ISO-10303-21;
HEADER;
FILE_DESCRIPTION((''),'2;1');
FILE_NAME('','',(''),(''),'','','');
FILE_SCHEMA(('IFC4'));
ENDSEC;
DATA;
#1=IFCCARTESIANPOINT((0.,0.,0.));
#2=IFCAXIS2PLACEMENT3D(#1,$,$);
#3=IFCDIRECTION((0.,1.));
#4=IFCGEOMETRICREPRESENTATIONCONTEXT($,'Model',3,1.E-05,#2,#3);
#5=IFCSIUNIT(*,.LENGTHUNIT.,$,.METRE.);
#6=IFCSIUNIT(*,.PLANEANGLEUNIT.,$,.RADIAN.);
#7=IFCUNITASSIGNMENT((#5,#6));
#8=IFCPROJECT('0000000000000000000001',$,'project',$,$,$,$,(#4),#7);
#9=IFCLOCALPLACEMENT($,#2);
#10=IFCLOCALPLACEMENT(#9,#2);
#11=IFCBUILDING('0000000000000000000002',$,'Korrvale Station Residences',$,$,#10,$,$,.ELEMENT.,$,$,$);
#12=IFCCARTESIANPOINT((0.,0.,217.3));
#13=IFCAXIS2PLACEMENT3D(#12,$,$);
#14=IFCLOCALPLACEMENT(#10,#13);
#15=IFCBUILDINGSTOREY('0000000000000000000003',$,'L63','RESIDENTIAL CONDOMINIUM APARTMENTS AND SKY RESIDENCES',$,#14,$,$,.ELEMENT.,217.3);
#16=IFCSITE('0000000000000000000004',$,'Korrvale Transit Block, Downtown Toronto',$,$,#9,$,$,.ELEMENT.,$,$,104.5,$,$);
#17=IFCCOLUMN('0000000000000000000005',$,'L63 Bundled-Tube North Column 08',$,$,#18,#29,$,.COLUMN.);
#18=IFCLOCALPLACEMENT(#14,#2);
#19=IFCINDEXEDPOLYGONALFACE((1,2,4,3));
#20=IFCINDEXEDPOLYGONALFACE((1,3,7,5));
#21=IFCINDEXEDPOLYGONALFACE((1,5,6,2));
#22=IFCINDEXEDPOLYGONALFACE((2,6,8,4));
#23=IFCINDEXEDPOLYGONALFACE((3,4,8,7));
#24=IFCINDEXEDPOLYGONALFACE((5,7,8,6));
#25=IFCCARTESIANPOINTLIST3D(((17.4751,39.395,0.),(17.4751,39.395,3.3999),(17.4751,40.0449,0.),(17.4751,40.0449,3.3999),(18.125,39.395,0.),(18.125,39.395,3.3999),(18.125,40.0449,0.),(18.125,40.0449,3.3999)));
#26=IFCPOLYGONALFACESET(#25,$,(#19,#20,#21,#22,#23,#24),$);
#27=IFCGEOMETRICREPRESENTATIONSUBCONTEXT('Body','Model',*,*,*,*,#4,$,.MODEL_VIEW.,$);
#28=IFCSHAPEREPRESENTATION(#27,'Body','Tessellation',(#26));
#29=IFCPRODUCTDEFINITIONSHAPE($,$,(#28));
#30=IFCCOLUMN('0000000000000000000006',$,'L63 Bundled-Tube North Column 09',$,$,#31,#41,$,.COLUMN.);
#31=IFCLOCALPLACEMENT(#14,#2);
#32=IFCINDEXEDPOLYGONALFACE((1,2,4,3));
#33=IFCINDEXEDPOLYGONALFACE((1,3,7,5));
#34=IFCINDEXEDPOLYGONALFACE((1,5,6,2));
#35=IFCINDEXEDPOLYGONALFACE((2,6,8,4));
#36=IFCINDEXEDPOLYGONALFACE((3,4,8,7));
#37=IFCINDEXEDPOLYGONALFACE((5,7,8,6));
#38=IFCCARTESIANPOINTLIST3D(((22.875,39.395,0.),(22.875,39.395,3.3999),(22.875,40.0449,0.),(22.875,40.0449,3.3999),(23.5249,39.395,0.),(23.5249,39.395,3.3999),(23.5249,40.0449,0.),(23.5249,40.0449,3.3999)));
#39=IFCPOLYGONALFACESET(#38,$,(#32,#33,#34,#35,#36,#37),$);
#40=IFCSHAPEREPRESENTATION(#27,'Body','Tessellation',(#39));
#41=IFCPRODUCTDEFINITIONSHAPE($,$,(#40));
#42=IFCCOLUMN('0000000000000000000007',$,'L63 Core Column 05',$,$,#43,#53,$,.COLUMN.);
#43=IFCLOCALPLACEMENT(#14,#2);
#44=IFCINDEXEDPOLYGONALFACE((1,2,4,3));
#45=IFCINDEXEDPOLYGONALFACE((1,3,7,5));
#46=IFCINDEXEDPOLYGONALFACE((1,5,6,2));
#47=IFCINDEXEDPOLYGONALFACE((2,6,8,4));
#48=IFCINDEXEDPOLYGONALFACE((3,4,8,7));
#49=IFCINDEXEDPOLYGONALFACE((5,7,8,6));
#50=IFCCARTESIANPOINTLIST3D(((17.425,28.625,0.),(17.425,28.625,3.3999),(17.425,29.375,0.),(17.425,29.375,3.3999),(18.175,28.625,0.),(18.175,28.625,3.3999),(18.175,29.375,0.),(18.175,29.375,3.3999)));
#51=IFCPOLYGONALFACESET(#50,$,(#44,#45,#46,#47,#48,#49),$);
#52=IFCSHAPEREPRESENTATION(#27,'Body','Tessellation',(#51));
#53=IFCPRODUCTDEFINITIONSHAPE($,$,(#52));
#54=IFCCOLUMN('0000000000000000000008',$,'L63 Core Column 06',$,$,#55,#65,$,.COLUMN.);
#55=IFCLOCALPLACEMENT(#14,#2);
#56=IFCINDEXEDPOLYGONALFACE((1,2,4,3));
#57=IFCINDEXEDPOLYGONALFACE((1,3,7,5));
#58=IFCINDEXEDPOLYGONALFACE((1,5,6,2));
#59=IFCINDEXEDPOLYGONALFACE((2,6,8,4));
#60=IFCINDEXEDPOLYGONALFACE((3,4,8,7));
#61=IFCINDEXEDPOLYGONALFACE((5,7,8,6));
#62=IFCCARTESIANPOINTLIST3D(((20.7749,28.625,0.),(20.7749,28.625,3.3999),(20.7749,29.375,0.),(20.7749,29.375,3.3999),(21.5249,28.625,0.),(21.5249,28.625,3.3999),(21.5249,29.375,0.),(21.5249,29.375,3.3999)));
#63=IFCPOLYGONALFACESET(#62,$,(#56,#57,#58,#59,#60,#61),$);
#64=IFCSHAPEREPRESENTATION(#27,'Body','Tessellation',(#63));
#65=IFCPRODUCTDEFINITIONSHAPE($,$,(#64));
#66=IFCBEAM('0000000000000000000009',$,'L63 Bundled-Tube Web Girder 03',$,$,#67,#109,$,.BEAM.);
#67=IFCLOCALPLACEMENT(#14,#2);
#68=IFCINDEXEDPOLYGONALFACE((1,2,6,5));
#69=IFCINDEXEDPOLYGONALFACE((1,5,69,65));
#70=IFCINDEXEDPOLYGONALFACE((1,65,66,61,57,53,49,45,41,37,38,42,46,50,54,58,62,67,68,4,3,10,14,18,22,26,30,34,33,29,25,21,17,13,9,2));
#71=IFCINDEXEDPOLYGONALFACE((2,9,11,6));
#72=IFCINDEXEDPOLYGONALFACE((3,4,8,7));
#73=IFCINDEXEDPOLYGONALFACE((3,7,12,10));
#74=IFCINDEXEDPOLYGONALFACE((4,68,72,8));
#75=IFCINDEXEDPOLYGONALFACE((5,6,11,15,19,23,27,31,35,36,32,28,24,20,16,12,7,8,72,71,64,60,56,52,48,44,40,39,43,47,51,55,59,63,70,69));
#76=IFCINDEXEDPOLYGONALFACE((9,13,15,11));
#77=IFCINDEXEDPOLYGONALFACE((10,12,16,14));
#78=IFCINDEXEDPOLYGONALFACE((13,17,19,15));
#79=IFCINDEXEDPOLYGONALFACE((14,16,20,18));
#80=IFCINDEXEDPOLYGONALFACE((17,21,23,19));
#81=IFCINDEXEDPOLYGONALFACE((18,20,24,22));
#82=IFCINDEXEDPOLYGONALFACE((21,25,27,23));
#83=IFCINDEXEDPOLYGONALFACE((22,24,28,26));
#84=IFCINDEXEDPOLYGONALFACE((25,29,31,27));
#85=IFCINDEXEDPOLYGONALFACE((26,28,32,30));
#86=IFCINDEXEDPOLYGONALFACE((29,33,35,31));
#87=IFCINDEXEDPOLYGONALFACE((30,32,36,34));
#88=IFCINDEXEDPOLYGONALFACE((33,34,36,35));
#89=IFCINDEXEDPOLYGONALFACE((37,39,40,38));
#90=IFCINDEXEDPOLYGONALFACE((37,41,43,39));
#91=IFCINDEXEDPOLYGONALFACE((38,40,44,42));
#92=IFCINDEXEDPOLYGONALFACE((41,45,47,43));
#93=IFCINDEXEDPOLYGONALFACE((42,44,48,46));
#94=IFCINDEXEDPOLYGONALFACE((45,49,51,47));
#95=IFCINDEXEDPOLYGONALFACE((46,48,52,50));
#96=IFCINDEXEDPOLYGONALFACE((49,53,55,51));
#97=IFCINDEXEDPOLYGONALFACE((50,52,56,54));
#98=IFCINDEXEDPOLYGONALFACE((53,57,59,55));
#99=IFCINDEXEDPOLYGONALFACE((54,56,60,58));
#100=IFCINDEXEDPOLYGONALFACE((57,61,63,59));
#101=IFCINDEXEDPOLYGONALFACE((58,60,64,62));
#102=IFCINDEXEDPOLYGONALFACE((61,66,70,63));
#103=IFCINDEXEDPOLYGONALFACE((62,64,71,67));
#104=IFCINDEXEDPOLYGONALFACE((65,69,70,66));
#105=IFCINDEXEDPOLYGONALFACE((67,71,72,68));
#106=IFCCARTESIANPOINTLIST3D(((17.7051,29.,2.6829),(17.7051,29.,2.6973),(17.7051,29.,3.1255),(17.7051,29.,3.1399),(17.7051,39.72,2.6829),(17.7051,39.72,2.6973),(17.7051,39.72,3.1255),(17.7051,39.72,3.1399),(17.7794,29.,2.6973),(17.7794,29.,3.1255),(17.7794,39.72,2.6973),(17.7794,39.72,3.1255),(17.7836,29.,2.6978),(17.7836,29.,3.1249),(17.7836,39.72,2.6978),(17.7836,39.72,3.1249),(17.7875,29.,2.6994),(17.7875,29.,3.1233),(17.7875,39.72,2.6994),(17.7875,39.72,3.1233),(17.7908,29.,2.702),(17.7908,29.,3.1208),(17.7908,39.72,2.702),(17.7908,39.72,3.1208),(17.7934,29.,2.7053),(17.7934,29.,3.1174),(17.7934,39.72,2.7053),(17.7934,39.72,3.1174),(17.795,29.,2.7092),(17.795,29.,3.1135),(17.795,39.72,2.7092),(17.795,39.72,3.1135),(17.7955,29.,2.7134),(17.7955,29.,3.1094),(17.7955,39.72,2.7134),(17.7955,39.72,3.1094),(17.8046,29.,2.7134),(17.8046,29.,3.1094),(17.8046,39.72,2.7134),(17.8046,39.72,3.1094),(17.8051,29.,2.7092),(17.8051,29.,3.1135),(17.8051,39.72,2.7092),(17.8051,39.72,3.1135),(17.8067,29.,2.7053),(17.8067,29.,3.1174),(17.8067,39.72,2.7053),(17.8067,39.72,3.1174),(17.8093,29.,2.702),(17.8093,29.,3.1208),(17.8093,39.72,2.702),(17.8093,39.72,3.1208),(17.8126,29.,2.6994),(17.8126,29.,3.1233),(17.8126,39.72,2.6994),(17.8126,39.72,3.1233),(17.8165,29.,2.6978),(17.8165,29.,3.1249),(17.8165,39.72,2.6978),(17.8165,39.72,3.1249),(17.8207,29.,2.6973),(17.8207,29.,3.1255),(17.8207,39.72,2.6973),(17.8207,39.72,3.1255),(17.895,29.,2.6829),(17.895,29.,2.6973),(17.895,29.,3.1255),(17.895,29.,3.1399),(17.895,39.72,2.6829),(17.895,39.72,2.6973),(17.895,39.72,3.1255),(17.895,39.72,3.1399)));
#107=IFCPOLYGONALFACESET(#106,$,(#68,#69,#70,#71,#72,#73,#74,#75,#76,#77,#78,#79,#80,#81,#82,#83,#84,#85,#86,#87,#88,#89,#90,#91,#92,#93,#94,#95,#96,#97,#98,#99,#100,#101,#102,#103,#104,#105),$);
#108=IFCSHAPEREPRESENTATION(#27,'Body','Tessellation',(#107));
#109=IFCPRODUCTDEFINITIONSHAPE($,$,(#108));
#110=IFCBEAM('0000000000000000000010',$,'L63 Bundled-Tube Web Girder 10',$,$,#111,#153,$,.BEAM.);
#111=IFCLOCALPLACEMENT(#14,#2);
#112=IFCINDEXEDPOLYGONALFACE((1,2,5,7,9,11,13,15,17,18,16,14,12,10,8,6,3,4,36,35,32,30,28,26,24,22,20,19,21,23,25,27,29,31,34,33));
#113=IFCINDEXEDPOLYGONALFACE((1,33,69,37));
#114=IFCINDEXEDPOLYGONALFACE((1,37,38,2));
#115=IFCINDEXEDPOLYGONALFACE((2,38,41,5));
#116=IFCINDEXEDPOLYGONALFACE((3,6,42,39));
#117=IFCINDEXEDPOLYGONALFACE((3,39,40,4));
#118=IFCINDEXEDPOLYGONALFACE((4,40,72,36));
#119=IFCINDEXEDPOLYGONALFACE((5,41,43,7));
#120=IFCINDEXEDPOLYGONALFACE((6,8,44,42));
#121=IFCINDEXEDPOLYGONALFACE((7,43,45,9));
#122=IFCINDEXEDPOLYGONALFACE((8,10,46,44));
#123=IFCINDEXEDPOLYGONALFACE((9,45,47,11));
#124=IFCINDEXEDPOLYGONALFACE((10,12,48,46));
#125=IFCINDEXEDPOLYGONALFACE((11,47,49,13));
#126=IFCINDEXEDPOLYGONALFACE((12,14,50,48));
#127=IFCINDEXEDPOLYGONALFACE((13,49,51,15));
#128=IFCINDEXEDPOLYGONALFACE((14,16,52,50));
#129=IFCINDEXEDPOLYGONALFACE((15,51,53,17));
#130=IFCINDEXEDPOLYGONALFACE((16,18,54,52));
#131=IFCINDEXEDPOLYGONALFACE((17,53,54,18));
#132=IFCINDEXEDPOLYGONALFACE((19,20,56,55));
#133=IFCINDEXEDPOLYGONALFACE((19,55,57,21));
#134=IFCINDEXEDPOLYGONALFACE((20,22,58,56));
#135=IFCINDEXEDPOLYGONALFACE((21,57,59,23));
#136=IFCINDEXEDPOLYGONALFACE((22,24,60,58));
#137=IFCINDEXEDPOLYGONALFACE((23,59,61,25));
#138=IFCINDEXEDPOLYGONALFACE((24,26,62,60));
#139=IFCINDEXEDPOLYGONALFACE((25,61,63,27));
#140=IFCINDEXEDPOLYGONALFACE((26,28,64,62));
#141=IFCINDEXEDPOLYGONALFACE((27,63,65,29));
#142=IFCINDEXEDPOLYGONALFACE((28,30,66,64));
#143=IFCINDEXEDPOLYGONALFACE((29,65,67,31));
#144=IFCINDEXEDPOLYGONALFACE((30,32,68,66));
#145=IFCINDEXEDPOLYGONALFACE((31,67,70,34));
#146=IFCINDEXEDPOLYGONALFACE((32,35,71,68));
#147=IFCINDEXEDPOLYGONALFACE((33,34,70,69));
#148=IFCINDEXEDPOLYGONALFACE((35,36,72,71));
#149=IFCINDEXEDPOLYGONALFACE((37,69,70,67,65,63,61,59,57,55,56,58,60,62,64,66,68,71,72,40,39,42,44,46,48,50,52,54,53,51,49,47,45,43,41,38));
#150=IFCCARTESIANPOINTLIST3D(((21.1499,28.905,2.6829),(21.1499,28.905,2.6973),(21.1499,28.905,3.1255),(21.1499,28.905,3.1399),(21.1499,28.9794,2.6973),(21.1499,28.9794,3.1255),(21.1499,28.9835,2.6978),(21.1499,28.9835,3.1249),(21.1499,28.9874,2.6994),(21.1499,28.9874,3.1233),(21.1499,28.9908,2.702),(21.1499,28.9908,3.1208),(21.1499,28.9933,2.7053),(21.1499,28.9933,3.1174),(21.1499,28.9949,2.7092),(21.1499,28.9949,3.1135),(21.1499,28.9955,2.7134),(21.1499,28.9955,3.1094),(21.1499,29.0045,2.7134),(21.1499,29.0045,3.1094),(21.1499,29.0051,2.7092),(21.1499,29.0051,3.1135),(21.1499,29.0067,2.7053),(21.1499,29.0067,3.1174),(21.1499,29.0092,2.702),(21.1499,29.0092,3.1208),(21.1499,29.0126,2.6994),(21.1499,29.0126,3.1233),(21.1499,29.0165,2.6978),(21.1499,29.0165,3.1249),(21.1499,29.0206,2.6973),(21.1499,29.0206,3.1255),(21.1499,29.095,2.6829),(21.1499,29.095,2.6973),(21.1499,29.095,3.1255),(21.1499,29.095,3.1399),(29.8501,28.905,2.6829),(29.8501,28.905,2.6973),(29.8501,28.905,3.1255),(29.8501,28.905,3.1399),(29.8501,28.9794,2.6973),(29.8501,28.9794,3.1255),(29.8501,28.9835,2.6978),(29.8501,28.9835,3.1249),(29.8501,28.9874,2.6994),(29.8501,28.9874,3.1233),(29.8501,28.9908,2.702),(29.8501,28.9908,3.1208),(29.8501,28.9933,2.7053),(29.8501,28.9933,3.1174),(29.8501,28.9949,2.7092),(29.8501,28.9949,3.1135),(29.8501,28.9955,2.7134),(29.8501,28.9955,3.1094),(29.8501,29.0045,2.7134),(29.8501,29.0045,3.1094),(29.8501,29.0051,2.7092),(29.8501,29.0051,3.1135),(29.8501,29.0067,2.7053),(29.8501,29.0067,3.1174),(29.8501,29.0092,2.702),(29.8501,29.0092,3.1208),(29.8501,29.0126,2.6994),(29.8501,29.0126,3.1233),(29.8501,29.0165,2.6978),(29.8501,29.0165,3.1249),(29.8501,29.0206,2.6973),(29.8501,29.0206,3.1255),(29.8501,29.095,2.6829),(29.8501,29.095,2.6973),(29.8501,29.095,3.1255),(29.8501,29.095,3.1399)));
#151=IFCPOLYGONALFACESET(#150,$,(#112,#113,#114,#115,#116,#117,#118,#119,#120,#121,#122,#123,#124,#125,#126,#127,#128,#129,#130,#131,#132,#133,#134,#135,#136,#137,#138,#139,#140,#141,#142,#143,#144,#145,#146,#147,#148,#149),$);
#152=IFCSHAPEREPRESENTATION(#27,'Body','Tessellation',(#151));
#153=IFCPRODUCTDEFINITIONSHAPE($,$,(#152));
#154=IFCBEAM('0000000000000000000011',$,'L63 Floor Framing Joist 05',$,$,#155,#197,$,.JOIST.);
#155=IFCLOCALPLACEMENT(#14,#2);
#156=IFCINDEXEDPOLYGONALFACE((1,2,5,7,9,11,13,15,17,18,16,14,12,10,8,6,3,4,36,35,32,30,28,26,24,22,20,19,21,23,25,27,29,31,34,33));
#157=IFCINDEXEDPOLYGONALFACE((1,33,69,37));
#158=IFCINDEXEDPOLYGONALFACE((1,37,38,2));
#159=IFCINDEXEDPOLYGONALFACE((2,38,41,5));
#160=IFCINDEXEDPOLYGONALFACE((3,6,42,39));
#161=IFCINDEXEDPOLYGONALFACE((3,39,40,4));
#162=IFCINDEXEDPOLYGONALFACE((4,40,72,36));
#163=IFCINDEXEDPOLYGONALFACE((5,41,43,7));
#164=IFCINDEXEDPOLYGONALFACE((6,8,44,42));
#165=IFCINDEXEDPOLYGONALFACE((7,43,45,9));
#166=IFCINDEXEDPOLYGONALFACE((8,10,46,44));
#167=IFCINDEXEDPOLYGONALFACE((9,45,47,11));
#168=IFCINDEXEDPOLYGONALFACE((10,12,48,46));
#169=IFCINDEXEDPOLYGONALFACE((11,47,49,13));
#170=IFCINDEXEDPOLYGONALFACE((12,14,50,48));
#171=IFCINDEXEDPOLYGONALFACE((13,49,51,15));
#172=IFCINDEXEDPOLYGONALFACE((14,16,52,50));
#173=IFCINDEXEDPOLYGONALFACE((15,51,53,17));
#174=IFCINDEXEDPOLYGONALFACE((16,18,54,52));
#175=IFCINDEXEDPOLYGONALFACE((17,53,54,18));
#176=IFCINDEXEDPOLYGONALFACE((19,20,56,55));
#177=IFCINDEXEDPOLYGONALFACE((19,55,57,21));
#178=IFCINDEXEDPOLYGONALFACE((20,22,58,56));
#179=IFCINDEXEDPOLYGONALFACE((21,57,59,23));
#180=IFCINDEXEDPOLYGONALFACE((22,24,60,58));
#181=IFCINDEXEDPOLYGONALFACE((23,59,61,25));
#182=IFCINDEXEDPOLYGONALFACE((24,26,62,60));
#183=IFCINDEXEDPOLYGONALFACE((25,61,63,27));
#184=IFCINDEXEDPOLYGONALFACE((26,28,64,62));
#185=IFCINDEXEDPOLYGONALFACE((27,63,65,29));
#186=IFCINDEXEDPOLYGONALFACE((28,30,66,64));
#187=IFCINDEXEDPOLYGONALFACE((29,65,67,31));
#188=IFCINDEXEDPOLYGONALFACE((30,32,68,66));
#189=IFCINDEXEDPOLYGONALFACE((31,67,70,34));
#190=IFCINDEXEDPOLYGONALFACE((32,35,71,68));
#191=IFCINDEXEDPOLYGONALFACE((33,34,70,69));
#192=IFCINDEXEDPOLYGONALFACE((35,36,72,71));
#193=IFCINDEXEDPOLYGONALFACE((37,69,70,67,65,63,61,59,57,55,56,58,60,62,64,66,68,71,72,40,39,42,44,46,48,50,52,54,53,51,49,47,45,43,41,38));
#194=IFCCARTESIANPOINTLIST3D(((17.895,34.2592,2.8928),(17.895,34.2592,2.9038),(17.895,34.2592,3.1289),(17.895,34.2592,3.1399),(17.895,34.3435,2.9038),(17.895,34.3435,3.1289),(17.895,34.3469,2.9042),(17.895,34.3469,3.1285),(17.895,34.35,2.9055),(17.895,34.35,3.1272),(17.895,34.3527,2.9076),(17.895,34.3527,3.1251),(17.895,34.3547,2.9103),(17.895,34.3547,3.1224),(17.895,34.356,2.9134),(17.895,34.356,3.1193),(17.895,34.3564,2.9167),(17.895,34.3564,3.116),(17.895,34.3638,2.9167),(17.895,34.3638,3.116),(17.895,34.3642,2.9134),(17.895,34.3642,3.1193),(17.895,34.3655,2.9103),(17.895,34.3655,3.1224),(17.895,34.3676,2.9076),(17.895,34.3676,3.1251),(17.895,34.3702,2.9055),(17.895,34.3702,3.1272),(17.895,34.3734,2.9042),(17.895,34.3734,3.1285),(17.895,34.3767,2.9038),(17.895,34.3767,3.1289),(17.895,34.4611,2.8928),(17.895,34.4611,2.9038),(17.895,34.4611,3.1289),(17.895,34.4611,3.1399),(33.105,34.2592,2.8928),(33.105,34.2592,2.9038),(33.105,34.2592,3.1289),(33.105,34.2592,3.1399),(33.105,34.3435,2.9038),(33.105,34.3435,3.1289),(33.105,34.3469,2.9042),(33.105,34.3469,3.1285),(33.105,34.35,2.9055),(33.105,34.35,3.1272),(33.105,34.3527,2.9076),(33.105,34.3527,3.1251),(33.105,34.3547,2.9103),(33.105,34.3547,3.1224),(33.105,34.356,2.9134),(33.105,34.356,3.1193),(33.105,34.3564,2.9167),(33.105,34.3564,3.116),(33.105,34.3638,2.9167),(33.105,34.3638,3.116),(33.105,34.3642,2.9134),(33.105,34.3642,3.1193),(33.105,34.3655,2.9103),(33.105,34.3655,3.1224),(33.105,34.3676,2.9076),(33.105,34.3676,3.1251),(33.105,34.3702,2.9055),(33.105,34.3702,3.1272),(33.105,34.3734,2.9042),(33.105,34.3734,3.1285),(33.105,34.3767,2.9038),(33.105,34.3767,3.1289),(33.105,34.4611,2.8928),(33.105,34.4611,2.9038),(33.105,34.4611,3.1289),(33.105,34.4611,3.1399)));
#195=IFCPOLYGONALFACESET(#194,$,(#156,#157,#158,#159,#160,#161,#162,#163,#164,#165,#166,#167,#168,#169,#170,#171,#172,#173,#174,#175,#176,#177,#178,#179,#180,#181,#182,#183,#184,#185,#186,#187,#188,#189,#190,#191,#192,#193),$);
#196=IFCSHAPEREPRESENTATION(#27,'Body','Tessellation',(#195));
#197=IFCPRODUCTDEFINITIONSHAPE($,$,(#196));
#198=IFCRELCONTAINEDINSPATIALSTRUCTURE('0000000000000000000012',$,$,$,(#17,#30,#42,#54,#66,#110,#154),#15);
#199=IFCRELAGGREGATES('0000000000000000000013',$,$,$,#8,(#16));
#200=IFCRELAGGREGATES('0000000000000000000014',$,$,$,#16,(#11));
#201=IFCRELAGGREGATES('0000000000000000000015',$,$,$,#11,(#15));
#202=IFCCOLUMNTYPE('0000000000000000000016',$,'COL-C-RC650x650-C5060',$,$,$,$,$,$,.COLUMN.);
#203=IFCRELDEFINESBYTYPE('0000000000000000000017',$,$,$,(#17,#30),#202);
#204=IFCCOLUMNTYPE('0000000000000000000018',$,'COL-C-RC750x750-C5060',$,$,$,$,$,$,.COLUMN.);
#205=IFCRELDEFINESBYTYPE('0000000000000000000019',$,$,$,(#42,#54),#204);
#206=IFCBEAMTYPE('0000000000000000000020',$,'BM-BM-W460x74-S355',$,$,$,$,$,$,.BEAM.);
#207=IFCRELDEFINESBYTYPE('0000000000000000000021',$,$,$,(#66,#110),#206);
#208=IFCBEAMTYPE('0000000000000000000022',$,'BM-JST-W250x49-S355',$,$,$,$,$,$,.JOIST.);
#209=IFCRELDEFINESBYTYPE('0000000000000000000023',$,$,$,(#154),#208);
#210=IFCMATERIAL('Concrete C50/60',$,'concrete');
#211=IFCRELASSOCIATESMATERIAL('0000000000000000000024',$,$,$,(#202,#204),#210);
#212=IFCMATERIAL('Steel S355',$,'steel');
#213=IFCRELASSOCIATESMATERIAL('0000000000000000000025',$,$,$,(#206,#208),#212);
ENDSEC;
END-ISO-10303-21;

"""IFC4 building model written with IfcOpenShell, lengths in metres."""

from ifc_helpers import new_model, si_unit, direction, frame, origin, origin_2d, place, context, subcontext, project, spatial, rectangle, i_section, extrude, material, material_profile, profile_set, type_object, element, save


model = new_model("IFC4")

# Units and contexts
model_context = context("Model", 3, precision=1e-05, world=origin(), true_north=direction((0.0, 1.0)))
body_context = subcontext(model_context, "Body", "Model", "MODEL_VIEW")
ifc_project = project(units=[si_unit("LENGTHUNIT", "METRE"), si_unit("PLANEANGLEUNIT", "RADIAN")], contexts=[model_context])

# Site, building, storey
site_placement = place(None, origin())
site = spatial("IfcSite", under=ifc_project, at=site_placement, Name="Korrvale Transit Block, Downtown Toronto", CompositionType="ELEMENT", RefElevation=104.5)
building_placement = place(site_placement, origin())
building = spatial("IfcBuilding", under=site, at=building_placement, Name="Korrvale Station Residences", CompositionType="ELEMENT")
storey_placement = place(building_placement, frame((0.0, 0.0, 217.3)))
storey = spatial("IfcBuildingStorey", under=building, at=storey_placement, Name="L63", Description="RESIDENTIAL CONDOMINIUM APARTMENTS AND SKY RESIDENCES", CompositionType="ELEMENT", Elevation=217.3)

# Columns
ifc_material_1 = material(Name="Concrete C50/60", Category="concrete")
ifc_material_profile_1 = material_profile(ifc_material_1, rectangle(XDim=0.6499, YDim=0.6499, at=origin_2d()), Name="RC650x650")
ifc_profile_set_1 = profile_set([ifc_material_profile_1], Name="Concrete C50/60")
column_type_1 = type_object("IfcColumnType", Name="COL-C-RC650x650-C5060", PredefinedType="COLUMN", material=ifc_profile_set_1)
for number, where, z_axis, x_axis, name in (
    (1, (17.8, 39.72, 0.0), (0.0, 0.0, 1.0), (1.0, 0.0, 0.0), "L63 Bundled-Tube North Column 08"),
    (2, (23.2, 39.72, 0.0), (0.0, 0.0, 1.0), (1.0, 0.0, 0.0), "L63 Bundled-Tube North Column 09"),
):
    element("IfcColumn", number, at=place(storey_placement, frame(where, z_axis=z_axis, x_axis=x_axis)), inside=storey, type_object=column_type_1, Name=name, PredefinedType="COLUMN", context=body_context, shape_type="SweptSolid", body=[
        extrude(rectangle(XDim=0.6499, YDim=0.6499, at=origin_2d()), origin(), (0.0, 0.0, 1.0), 3.3999),
    ])
ifc_material_profile_2 = material_profile(ifc_material_1, rectangle(XDim=0.75, YDim=0.75, at=origin_2d()), Name="RC750x750")
ifc_profile_set_2 = profile_set([ifc_material_profile_2], Name="Concrete C50/60")
column_type_2 = type_object("IfcColumnType", Name="COL-C-RC750x750-C5060", PredefinedType="COLUMN", material=ifc_profile_set_2)
for number, where, z_axis, x_axis, name in (
    (3, (17.8, 29.0, 0.0), (0.0, 0.0, 1.0), (1.0, 0.0, 0.0), "L63 Core Column 05"),
    (4, (21.1499, 29.0, 0.0), (0.0, 0.0, 1.0), (1.0, 0.0, 0.0), "L63 Core Column 06"),
):
    element("IfcColumn", number, at=place(storey_placement, frame(where, z_axis=z_axis, x_axis=x_axis)), inside=storey, type_object=column_type_2, Name=name, PredefinedType="COLUMN", context=body_context, shape_type="SweptSolid", body=[
        extrude(rectangle(XDim=0.75, YDim=0.75, at=origin_2d()), origin(), (0.0, 0.0, 1.0), 3.3999),
    ])

# Beams
ifc_material_2 = material(Name="Steel S355", Category="steel")
ifc_material_profile_3 = material_profile(ifc_material_2, i_section(OverallWidth=0.1899, OverallDepth=0.457, WebThickness=0.009, FlangeThickness=0.0144, FilletRadius=0.0161, at=origin_2d()), Name="W460x74")
ifc_profile_set_3 = profile_set([ifc_material_profile_3], Name="Steel S355")
beam_type_1 = type_object("IfcBeamType", Name="BM-BM-W460x74-S355", PredefinedType="BEAM", material=ifc_profile_set_3)
beam_1_placement = place(storey_placement, frame((17.8, 29.0, 2.9114), z_axis=(0.0, 1.0, 0.0), x_axis=(-1.0, 0.0, 0.0)))
element("IfcBeam", 5, at=beam_1_placement, inside=storey, type_object=beam_type_1, Name="L63 Bundled-Tube Web Girder 03", PredefinedType="BEAM", context=body_context, shape_type="SweptSolid", body=[
    extrude(i_section(OverallWidth=0.1899, OverallDepth=0.457, WebThickness=0.009, FlangeThickness=0.0144, FilletRadius=0.0161, at=origin_2d()), origin(), (0.0, 0.0, 1.0), 10.72),
])
beam_2_placement = place(storey_placement, frame((21.1499, 29.0, 2.9114), z_axis=(1.0, 0.0, 0.0), x_axis=(0.0, 1.0, 0.0)))
element("IfcBeam", 6, at=beam_2_placement, inside=storey, type_object=beam_type_1, Name="L63 Bundled-Tube Web Girder 10", PredefinedType="BEAM", context=body_context, shape_type="SweptSolid", body=[
    extrude(i_section(OverallWidth=0.1899, OverallDepth=0.457, WebThickness=0.009, FlangeThickness=0.0144, FilletRadius=0.0161, at=origin_2d()), origin(), (0.0, 0.0, 1.0), 8.7002),
])
ifc_material_profile_4 = material_profile(ifc_material_2, i_section(OverallWidth=0.2019, OverallDepth=0.2471, WebThickness=0.0073, FlangeThickness=0.011, FilletRadius=0.0129, at=origin_2d()), Name="W250x49")
ifc_profile_set_4 = profile_set([ifc_material_profile_4], Name="Steel S355")
beam_type_2 = type_object("IfcBeamType", Name="BM-JST-W250x49-S355", PredefinedType="JOIST", material=ifc_profile_set_4)
beam_3_placement = place(storey_placement, frame((17.895, 34.3601, 3.0164), z_axis=(1.0, 0.0, 0.0), x_axis=(0.0, 1.0, 0.0)))
element("IfcBeam", 7, at=beam_3_placement, inside=storey, type_object=beam_type_2, Name="L63 Floor Framing Joist 05", PredefinedType="JOIST", context=body_context, shape_type="SweptSolid", body=[
    extrude(i_section(OverallWidth=0.2019, OverallDepth=0.2471, WebThickness=0.0073, FlangeThickness=0.011, FilletRadius=0.0129, at=origin_2d()), origin(), (0.0, 0.0, 1.0), 15.21),
])

save(model, "model.ifc")
